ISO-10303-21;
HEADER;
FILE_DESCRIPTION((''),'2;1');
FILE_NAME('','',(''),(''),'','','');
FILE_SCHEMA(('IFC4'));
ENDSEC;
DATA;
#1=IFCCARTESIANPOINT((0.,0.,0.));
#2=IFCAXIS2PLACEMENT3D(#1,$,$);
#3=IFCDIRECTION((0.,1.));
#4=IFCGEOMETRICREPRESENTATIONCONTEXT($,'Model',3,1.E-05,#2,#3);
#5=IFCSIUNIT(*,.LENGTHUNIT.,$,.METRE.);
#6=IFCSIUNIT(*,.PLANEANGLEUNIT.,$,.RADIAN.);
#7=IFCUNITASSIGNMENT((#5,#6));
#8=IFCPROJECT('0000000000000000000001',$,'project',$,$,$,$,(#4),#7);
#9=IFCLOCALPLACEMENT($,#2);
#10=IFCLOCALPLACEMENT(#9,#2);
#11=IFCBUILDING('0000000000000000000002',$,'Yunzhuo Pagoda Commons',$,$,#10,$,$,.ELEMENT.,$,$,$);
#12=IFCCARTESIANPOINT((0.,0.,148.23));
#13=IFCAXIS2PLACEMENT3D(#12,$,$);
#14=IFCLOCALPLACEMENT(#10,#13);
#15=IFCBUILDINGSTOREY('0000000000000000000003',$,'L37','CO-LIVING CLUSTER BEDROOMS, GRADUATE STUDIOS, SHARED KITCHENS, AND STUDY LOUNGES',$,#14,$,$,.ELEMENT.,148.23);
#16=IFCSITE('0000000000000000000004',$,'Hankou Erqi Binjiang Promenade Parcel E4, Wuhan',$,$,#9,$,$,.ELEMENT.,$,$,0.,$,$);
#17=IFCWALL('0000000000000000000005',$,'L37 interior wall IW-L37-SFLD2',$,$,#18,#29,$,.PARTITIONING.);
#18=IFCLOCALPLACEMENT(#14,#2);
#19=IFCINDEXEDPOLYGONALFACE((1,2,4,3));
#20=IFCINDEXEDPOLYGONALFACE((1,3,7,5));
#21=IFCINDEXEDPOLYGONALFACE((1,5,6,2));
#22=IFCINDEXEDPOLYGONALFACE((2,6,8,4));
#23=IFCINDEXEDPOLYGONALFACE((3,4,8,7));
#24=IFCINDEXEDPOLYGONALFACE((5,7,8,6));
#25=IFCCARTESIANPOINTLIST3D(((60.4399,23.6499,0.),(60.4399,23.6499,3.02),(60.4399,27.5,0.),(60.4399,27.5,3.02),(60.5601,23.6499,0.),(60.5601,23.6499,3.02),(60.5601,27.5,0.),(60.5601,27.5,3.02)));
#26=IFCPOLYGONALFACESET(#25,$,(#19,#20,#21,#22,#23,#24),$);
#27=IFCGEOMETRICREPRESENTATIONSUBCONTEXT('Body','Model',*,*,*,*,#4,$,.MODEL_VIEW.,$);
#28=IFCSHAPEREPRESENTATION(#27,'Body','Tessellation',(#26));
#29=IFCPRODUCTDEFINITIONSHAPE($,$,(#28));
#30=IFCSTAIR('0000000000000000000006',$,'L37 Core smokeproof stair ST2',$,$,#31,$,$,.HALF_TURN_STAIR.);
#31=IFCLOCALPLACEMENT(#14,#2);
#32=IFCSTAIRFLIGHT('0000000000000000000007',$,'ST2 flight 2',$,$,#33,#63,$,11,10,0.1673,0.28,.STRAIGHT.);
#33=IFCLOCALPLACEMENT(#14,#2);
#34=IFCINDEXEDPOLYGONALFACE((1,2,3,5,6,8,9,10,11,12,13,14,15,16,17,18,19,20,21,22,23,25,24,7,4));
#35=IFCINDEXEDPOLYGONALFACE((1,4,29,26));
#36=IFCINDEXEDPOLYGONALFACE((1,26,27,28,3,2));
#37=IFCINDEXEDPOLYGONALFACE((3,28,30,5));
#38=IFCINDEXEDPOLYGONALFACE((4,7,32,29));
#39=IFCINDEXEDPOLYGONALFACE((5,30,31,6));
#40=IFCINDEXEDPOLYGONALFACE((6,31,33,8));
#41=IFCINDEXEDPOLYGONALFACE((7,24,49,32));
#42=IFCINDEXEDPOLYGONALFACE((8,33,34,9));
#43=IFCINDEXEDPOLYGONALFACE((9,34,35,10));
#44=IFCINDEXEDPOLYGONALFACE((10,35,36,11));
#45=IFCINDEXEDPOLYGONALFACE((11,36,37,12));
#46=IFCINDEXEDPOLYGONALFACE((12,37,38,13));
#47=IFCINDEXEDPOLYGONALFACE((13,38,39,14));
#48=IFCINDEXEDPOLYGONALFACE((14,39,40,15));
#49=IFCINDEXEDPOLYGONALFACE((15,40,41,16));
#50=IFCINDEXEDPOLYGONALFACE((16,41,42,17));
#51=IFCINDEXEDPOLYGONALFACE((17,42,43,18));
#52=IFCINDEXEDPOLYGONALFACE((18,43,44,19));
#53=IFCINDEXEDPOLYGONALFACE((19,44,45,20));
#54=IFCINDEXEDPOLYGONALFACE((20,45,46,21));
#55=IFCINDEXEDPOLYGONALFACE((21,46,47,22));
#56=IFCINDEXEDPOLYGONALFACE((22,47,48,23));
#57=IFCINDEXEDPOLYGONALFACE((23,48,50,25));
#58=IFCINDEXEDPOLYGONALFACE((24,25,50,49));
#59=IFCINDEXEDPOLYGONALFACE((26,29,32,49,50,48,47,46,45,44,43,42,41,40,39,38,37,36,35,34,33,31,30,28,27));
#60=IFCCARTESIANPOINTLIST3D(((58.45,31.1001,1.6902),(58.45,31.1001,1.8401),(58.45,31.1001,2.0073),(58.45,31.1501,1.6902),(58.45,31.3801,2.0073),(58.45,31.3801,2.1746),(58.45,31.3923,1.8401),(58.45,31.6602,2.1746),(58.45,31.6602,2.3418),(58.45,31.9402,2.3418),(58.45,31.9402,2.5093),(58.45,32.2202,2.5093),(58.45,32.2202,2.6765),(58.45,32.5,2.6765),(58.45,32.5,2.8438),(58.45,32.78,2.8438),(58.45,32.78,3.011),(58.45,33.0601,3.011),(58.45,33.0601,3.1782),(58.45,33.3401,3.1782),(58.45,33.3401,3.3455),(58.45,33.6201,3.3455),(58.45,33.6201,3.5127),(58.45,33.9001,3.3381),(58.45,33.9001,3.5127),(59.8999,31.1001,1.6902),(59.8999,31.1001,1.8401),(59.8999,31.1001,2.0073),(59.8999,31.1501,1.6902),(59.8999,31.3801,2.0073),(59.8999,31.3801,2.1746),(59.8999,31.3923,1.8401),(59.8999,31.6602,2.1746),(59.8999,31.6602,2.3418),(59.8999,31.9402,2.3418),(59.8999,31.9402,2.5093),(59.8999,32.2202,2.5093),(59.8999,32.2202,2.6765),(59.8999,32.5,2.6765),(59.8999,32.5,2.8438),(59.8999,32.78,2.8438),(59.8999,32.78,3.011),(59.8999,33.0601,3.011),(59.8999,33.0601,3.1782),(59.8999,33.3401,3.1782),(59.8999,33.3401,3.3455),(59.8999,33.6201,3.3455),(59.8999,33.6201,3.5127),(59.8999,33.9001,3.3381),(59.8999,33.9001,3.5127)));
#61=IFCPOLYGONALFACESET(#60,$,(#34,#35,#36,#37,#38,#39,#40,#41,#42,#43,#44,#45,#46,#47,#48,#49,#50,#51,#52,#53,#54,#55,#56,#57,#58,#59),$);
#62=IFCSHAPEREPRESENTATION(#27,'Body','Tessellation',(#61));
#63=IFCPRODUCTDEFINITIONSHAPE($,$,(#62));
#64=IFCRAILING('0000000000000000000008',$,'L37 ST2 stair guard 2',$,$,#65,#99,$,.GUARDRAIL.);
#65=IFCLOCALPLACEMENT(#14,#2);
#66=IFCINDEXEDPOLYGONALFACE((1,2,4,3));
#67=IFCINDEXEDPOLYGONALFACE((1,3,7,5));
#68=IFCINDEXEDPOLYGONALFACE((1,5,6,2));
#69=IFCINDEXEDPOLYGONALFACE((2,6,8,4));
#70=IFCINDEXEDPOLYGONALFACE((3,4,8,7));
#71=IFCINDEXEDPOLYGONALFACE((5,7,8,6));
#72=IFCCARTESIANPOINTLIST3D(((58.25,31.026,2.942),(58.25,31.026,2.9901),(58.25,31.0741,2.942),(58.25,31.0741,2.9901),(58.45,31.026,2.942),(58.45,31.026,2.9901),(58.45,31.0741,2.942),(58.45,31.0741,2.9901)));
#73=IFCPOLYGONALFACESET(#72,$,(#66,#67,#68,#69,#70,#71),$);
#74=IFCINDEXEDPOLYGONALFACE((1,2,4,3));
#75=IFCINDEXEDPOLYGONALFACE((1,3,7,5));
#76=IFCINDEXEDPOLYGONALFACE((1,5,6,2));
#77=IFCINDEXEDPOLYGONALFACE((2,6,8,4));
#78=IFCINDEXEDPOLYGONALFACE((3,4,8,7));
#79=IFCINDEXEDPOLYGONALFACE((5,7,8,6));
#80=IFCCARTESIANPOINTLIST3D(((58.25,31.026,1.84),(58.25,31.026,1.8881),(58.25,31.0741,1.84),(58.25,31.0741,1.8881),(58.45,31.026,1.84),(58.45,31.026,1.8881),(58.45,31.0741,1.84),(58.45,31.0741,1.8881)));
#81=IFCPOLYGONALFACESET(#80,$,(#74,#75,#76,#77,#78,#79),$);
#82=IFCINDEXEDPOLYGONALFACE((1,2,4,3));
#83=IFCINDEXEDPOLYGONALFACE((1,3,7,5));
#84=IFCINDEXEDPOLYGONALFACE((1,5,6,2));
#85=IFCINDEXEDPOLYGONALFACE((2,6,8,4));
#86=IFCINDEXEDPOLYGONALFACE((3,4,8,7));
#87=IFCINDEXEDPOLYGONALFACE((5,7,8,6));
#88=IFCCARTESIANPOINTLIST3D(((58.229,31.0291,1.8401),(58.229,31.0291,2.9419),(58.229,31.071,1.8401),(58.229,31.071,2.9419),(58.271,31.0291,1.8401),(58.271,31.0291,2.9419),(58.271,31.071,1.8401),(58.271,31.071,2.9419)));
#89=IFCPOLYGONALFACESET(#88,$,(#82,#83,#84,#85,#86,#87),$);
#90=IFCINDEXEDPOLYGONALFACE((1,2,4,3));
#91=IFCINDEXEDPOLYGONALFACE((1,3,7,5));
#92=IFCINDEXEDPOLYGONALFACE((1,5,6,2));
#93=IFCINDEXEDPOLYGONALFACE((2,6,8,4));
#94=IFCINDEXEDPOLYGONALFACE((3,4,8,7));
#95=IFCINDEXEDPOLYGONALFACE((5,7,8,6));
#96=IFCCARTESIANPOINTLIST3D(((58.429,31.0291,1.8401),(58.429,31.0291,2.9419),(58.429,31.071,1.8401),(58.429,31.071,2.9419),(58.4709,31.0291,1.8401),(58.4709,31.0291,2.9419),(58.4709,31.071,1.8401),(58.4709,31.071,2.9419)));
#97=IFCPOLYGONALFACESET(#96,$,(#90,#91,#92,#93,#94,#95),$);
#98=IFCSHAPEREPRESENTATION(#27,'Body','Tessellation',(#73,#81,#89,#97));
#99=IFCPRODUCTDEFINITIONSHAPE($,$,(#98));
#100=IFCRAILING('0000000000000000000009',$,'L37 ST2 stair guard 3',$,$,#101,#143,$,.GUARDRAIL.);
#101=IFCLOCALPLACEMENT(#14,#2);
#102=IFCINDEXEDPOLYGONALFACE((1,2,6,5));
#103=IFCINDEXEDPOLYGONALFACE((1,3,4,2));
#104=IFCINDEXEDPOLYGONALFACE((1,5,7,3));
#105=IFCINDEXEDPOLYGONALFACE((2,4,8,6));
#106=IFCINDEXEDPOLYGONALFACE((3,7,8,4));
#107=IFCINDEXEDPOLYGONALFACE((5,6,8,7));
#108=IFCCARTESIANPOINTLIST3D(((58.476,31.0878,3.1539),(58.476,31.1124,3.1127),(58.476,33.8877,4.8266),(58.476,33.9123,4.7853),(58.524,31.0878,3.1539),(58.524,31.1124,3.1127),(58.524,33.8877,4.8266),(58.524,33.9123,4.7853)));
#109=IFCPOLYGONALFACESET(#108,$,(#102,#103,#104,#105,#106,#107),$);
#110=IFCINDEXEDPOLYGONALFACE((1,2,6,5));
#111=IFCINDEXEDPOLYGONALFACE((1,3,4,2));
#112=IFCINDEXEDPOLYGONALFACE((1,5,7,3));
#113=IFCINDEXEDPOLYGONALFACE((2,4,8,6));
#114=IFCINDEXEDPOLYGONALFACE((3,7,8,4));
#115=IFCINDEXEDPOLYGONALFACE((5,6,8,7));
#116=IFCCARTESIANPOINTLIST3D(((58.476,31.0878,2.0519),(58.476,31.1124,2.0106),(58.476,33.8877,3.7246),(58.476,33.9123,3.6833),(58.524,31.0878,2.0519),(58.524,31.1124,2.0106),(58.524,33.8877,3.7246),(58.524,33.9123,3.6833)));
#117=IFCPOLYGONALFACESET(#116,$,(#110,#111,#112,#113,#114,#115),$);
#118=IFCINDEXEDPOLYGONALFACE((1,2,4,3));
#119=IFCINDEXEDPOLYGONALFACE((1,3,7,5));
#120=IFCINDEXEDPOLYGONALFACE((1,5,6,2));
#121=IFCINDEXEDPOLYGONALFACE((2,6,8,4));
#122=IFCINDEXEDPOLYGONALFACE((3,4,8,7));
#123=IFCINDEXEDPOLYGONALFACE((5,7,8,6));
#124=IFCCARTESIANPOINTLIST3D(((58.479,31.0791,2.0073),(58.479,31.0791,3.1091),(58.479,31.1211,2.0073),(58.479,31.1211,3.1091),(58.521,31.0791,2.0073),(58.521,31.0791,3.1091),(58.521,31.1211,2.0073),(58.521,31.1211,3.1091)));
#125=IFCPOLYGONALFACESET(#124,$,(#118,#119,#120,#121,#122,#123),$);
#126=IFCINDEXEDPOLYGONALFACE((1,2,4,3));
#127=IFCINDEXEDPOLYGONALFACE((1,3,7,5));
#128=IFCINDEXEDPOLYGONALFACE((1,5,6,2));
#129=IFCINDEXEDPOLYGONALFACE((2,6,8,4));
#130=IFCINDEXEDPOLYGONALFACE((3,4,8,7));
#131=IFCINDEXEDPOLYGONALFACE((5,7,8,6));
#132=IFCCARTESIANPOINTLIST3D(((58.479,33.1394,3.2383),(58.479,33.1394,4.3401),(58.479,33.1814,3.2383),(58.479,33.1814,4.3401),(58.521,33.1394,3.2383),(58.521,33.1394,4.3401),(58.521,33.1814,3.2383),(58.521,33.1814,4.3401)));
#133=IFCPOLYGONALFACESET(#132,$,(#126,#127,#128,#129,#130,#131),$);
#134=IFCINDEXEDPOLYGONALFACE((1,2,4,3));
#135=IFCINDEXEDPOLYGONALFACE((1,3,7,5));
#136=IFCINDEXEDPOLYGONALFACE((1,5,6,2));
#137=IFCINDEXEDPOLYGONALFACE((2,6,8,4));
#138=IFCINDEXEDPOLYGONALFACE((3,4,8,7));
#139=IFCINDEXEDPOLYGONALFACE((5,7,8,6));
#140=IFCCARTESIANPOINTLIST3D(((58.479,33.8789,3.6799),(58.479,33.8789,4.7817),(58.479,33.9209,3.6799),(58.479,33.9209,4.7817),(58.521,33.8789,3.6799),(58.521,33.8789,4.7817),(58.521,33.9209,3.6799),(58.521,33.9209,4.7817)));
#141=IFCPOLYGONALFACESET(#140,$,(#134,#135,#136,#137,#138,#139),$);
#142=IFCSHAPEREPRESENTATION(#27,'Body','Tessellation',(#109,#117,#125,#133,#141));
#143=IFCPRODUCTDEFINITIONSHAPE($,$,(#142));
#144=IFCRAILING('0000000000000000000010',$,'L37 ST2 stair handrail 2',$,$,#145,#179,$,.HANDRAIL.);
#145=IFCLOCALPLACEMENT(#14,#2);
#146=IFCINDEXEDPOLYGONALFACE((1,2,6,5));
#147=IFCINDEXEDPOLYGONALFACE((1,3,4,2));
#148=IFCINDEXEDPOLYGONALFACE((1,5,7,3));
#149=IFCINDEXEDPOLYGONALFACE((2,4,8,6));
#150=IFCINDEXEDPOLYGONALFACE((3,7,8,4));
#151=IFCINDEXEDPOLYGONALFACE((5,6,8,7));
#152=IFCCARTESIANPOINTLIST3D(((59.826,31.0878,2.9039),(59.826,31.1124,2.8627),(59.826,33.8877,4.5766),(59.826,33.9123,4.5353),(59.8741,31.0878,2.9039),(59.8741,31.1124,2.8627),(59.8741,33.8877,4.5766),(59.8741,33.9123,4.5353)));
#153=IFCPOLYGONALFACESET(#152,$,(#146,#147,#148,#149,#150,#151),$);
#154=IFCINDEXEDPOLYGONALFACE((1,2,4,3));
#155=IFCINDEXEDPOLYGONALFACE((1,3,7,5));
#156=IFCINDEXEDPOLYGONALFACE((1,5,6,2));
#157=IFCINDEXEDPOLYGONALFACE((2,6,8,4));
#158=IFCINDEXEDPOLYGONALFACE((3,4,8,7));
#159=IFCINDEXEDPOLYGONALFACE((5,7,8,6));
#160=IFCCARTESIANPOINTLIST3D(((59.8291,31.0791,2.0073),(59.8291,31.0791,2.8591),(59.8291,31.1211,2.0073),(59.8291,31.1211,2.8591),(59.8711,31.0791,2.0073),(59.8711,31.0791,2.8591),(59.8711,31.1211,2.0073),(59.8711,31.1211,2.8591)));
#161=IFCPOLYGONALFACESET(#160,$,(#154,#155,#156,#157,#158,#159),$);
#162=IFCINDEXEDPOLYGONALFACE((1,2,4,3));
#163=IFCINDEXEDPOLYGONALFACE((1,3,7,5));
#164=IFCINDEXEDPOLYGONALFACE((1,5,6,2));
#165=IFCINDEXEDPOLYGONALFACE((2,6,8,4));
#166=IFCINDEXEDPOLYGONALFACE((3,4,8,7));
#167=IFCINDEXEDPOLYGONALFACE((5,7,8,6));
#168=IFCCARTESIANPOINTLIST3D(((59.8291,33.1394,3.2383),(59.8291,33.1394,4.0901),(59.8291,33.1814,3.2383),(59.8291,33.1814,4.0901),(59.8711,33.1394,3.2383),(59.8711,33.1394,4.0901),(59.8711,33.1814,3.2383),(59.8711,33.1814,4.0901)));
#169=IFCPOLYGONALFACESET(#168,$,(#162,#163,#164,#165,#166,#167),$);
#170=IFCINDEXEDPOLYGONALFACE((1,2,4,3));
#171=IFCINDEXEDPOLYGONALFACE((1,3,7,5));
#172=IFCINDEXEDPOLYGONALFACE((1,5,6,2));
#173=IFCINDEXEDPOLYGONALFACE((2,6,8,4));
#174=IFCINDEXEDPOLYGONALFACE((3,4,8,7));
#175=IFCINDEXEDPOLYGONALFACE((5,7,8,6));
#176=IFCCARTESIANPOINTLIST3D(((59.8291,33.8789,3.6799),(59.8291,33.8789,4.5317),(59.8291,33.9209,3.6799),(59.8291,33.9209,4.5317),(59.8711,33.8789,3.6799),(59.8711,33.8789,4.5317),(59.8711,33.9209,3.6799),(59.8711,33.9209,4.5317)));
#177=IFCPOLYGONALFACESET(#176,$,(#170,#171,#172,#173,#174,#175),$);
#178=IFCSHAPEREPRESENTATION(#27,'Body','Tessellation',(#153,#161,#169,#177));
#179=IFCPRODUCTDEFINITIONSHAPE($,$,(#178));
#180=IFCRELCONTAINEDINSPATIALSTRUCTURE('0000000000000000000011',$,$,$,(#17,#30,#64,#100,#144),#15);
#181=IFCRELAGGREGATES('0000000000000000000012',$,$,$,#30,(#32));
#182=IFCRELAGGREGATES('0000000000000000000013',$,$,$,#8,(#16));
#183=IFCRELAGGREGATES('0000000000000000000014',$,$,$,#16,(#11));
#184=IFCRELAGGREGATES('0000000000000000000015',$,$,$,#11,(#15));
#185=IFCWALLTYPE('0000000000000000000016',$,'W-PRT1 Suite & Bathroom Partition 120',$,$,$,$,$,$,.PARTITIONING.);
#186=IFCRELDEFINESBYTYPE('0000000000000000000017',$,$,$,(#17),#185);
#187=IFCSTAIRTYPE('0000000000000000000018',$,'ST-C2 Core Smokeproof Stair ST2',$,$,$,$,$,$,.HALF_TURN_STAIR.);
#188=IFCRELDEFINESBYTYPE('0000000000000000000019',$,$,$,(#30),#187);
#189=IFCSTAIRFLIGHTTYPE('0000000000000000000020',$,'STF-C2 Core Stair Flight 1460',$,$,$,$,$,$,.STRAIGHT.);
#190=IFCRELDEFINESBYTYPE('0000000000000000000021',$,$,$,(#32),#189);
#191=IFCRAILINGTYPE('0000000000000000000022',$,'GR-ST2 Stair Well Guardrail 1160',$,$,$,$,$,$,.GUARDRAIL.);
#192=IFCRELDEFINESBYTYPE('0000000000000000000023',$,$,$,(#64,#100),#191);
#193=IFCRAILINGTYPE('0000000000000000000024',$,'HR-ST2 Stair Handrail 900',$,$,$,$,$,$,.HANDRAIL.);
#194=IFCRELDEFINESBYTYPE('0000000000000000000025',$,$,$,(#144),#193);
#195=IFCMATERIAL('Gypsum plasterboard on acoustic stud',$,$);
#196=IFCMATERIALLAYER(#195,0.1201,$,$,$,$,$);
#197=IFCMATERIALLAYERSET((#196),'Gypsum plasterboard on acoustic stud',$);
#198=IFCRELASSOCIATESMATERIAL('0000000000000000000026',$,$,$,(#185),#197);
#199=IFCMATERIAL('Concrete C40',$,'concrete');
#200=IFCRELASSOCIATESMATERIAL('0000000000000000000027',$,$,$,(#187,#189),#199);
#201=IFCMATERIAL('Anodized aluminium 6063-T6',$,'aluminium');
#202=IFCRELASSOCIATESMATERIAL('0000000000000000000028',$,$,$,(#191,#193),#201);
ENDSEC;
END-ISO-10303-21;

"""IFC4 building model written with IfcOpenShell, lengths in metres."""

from ifc_helpers import new_model, si_unit, direction, frame, frame_2d, origin, origin_2d, place, context, subcontext, project, spatial, polyline, rectangle, outline, extrude, source, transform, mapped, material, layer, layer_set, type_object, element, aggregate, save


model = new_model("IFC4")

# Units and contexts
model_context = context("Model", 3, precision=1e-05, world=origin(), true_north=direction((0.0, 1.0)))
body_context = subcontext(model_context, "Body", "Model", "MODEL_VIEW")
ifc_project = project(units=[si_unit("LENGTHUNIT", "METRE"), si_unit("PLANEANGLEUNIT", "RADIAN")], contexts=[model_context])

# Site, building, storey
site_placement = place(None, origin())
site = spatial("IfcSite", under=ifc_project, at=site_placement, Name="Hankou Erqi Binjiang Promenade Parcel E4, Wuhan", CompositionType="ELEMENT", RefElevation=0.0)
building_placement = place(site_placement, origin())
building = spatial("IfcBuilding", under=site, at=building_placement, Name="Yunzhuo Pagoda Commons", CompositionType="ELEMENT")
storey_placement = place(building_placement, frame((0.0, 0.0, 148.23)))
storey = spatial("IfcBuildingStorey", under=building, at=storey_placement, Name="L37", Description="CO-LIVING CLUSTER BEDROOMS, GRADUATE STUDIOS, SHARED KITCHENS, AND STUDY LOUNGES", CompositionType="ELEMENT", Elevation=148.23)

# Shared definitions
ifc_material_1 = material(Name="Anodized aluminium 6063-T6", Category="aluminium")

# Shared definitions
ifc_material_2 = material(Name="Gypsum plasterboard on acoustic stud")

# Wall
ifc_layer_1 = layer(ifc_material_2, 0.1201)
ifc_layer_set_1 = layer_set([ifc_layer_1], Name="Gypsum plasterboard on acoustic stud")
wall_type_1 = type_object("IfcWallType", Name="W-PRT1 Suite & Bathroom Partition 120", PredefinedType="PARTITIONING", material=ifc_layer_set_1)
wall_1_placement = place(storey_placement, frame((60.5, 23.6499, 0.0), z_axis=(0.0, 0.0, 1.0), x_axis=(0.0, 1.0, 0.0)))
element("IfcWall", 1, at=wall_1_placement, inside=storey, type_object=wall_type_1, Name="L37 interior wall IW-L37-SFLD2", PredefinedType="PARTITIONING", context=body_context, shape_type="SweptSolid", body=[
    extrude(rectangle(XDim=3.8501, YDim=0.1201, at=frame_2d((1.925, 0.0))), origin(), (0.0, 0.0, 1.0), 3.02),
])

# Stair, stair flight
ifc_material_3 = material(Name="Concrete C40", Category="concrete")
stair_type = type_object("IfcStairType", Name="ST-C2 Core Smokeproof Stair ST2", PredefinedType="HALF_TURN_STAIR", material=ifc_material_3)
stair_placement = place(storey_placement, origin())
stair = element("IfcStair", 2, at=stair_placement, inside=storey, type_object=stair_type, Name="L37 Core smokeproof stair ST2", PredefinedType="HALF_TURN_STAIR")
stair_flight_type = type_object("IfcStairFlightType", Name="STF-C2 Core Stair Flight 1460", PredefinedType="STRAIGHT", material=ifc_material_3)
shared_shape_1 = source(origin(), body_context, "Body", "SweptSolid", [
    extrude(outline(polyline([(0.0, -0.1499), (0.0, 0.0), (0.0, 0.1672), (0.28, 0.1672), (0.28, 0.3345), (0.5601, 0.3345), (0.5601, 0.5017), (0.8401, 0.5017), (0.8401, 0.6692), (1.1201, 0.6692), (1.1201, 0.8364), (1.3999, 0.8364), (1.3999, 1.0037), (1.6799, 1.0037), (1.6799, 1.1709), (1.96, 1.1709), (1.96, 1.3381), (2.24, 1.3381), (2.24, 1.5054), (2.52, 1.5054), (2.52, 1.6726), (2.8, 1.6726), (2.8, 1.8401), (2.8, 1.498), (0.2922, 0.0), (0.05, -0.1499), (0.0, -0.1499)])), frame((0.0, 0.7251, 0.0), z_axis=(0.0, -1.0, 0.0), x_axis=(1.0, 0.0, 0.0)), (0.0, 0.0, 1.0), 1.45),
])
stair_flight_placement = place(storey_placement, frame((59.175, 31.1001, 1.8401), z_axis=(0.0, 0.0, 1.0), x_axis=(0.0, 1.0, 0.0)))
stair_flight = element("IfcStairFlight", 3, at=stair_flight_placement, type_object=stair_flight_type, Name="ST2 flight 2", NumberOfRisers=11, NumberOfTreads=10, PredefinedType="STRAIGHT", RiserHeight=0.1673, TreadLength=0.28, context=body_context, shape_type="MappedRepresentation", body=[
    mapped(shared_shape_1, transform((0.0, 0.0, 0.0), scale=1.0)),
])
aggregate(stair, [stair_flight])

# Railings
railing_type_1 = type_object("IfcRailingType", Name="GR-ST2 Stair Well Guardrail 1160", PredefinedType="GUARDRAIL", material=ifc_material_1)
railing_1_placement = place(storey_placement, frame((58.25, 31.05, 1.8401)))
element("IfcRailing", 4, at=railing_1_placement, inside=storey, type_object=railing_type_1, Name="L37 ST2 stair guard 2", PredefinedType="GUARDRAIL", context=body_context, shape_type="SweptSolid", body=[
    extrude(rectangle(XDim=0.0481, YDim=0.0481, at=origin_2d()), frame((0.0, 0.0, 1.126), z_axis=(1.0, 0.0, 0.0), x_axis=(0.0, 1.0, 0.0)), (0.0, 0.0, 1.0), 0.2),
    extrude(rectangle(XDim=0.0481, YDim=0.0481, at=origin_2d()), frame((0.0, 0.0, 0.0239), z_axis=(1.0, 0.0, 0.0), x_axis=(0.0, 1.0, 0.0)), (0.0, 0.0, 1.0), 0.2),
    extrude(rectangle(XDim=0.042, YDim=0.042, at=origin_2d()), origin(), (0.0, 0.0, 1.0), 1.1018),
    extrude(rectangle(XDim=0.042, YDim=0.042, at=origin_2d()), frame((0.2, 0.0, 0.0)), (0.0, 0.0, 1.0), 1.1018),
])
railing_2_placement = place(storey_placement, frame((58.5, 31.1001, 2.0073)))
element("IfcRailing", 5, at=railing_2_placement, inside=storey, type_object=railing_type_1, Name="L37 ST2 stair guard 3", PredefinedType="GUARDRAIL", context=body_context, shape_type="SweptSolid", body=[
    extrude(rectangle(XDim=0.0481, YDim=0.0481, at=origin_2d()), frame((0.0, 0.0, 1.126), z_axis=(0.0, 0.858476, 0.512855), x_axis=(-1.0, 0.0, 0.0)), (0.0, 0.0, 1.0), 3.2615),
    extrude(rectangle(XDim=0.0481, YDim=0.0481, at=origin_2d()), frame((0.0, 0.0, 0.0239), z_axis=(0.0, 0.858476, 0.512855), x_axis=(-1.0, 0.0, 0.0)), (0.0, 0.0, 1.0), 3.2615),
    extrude(rectangle(XDim=0.042, YDim=0.042, at=origin_2d()), origin(), (0.0, 0.0, 1.0), 1.1018),
    extrude(rectangle(XDim=0.042, YDim=0.042, at=origin_2d()), frame((0.0, 2.0603, 1.231)), (0.0, 0.0, 1.0), 1.1018),
    extrude(rectangle(XDim=0.042, YDim=0.042, at=origin_2d()), frame((0.0, 2.7998, 1.6726)), (0.0, 0.0, 1.0), 1.1018),
])
railing_type_2 = type_object("IfcRailingType", Name="HR-ST2 Stair Handrail 900", PredefinedType="HANDRAIL", material=ifc_material_1)
railing_3_placement = place(storey_placement, frame((59.8501, 31.1001, 2.0073)))
element("IfcRailing", 6, at=railing_3_placement, inside=storey, type_object=railing_type_2, Name="L37 ST2 stair handrail 2", PredefinedType="HANDRAIL", context=body_context, shape_type="SweptSolid", body=[
    extrude(rectangle(XDim=0.0481, YDim=0.0481, at=origin_2d()), frame((0.0, 0.0, 0.876), z_axis=(0.0, 0.858476, 0.512855), x_axis=(-1.0, 0.0, 0.0)), (0.0, 0.0, 1.0), 3.2615),
    extrude(rectangle(XDim=0.042, YDim=0.042, at=origin_2d()), origin(), (0.0, 0.0, 1.0), 0.8518),
    extrude(rectangle(XDim=0.042, YDim=0.042, at=origin_2d()), frame((0.0, 2.0603, 1.231)), (0.0, 0.0, 1.0), 0.8518),
    extrude(rectangle(XDim=0.042, YDim=0.042, at=origin_2d()), frame((0.0, 2.7998, 1.6726)), (0.0, 0.0, 1.0), 0.8518),
])

save(model, "model.ifc")
